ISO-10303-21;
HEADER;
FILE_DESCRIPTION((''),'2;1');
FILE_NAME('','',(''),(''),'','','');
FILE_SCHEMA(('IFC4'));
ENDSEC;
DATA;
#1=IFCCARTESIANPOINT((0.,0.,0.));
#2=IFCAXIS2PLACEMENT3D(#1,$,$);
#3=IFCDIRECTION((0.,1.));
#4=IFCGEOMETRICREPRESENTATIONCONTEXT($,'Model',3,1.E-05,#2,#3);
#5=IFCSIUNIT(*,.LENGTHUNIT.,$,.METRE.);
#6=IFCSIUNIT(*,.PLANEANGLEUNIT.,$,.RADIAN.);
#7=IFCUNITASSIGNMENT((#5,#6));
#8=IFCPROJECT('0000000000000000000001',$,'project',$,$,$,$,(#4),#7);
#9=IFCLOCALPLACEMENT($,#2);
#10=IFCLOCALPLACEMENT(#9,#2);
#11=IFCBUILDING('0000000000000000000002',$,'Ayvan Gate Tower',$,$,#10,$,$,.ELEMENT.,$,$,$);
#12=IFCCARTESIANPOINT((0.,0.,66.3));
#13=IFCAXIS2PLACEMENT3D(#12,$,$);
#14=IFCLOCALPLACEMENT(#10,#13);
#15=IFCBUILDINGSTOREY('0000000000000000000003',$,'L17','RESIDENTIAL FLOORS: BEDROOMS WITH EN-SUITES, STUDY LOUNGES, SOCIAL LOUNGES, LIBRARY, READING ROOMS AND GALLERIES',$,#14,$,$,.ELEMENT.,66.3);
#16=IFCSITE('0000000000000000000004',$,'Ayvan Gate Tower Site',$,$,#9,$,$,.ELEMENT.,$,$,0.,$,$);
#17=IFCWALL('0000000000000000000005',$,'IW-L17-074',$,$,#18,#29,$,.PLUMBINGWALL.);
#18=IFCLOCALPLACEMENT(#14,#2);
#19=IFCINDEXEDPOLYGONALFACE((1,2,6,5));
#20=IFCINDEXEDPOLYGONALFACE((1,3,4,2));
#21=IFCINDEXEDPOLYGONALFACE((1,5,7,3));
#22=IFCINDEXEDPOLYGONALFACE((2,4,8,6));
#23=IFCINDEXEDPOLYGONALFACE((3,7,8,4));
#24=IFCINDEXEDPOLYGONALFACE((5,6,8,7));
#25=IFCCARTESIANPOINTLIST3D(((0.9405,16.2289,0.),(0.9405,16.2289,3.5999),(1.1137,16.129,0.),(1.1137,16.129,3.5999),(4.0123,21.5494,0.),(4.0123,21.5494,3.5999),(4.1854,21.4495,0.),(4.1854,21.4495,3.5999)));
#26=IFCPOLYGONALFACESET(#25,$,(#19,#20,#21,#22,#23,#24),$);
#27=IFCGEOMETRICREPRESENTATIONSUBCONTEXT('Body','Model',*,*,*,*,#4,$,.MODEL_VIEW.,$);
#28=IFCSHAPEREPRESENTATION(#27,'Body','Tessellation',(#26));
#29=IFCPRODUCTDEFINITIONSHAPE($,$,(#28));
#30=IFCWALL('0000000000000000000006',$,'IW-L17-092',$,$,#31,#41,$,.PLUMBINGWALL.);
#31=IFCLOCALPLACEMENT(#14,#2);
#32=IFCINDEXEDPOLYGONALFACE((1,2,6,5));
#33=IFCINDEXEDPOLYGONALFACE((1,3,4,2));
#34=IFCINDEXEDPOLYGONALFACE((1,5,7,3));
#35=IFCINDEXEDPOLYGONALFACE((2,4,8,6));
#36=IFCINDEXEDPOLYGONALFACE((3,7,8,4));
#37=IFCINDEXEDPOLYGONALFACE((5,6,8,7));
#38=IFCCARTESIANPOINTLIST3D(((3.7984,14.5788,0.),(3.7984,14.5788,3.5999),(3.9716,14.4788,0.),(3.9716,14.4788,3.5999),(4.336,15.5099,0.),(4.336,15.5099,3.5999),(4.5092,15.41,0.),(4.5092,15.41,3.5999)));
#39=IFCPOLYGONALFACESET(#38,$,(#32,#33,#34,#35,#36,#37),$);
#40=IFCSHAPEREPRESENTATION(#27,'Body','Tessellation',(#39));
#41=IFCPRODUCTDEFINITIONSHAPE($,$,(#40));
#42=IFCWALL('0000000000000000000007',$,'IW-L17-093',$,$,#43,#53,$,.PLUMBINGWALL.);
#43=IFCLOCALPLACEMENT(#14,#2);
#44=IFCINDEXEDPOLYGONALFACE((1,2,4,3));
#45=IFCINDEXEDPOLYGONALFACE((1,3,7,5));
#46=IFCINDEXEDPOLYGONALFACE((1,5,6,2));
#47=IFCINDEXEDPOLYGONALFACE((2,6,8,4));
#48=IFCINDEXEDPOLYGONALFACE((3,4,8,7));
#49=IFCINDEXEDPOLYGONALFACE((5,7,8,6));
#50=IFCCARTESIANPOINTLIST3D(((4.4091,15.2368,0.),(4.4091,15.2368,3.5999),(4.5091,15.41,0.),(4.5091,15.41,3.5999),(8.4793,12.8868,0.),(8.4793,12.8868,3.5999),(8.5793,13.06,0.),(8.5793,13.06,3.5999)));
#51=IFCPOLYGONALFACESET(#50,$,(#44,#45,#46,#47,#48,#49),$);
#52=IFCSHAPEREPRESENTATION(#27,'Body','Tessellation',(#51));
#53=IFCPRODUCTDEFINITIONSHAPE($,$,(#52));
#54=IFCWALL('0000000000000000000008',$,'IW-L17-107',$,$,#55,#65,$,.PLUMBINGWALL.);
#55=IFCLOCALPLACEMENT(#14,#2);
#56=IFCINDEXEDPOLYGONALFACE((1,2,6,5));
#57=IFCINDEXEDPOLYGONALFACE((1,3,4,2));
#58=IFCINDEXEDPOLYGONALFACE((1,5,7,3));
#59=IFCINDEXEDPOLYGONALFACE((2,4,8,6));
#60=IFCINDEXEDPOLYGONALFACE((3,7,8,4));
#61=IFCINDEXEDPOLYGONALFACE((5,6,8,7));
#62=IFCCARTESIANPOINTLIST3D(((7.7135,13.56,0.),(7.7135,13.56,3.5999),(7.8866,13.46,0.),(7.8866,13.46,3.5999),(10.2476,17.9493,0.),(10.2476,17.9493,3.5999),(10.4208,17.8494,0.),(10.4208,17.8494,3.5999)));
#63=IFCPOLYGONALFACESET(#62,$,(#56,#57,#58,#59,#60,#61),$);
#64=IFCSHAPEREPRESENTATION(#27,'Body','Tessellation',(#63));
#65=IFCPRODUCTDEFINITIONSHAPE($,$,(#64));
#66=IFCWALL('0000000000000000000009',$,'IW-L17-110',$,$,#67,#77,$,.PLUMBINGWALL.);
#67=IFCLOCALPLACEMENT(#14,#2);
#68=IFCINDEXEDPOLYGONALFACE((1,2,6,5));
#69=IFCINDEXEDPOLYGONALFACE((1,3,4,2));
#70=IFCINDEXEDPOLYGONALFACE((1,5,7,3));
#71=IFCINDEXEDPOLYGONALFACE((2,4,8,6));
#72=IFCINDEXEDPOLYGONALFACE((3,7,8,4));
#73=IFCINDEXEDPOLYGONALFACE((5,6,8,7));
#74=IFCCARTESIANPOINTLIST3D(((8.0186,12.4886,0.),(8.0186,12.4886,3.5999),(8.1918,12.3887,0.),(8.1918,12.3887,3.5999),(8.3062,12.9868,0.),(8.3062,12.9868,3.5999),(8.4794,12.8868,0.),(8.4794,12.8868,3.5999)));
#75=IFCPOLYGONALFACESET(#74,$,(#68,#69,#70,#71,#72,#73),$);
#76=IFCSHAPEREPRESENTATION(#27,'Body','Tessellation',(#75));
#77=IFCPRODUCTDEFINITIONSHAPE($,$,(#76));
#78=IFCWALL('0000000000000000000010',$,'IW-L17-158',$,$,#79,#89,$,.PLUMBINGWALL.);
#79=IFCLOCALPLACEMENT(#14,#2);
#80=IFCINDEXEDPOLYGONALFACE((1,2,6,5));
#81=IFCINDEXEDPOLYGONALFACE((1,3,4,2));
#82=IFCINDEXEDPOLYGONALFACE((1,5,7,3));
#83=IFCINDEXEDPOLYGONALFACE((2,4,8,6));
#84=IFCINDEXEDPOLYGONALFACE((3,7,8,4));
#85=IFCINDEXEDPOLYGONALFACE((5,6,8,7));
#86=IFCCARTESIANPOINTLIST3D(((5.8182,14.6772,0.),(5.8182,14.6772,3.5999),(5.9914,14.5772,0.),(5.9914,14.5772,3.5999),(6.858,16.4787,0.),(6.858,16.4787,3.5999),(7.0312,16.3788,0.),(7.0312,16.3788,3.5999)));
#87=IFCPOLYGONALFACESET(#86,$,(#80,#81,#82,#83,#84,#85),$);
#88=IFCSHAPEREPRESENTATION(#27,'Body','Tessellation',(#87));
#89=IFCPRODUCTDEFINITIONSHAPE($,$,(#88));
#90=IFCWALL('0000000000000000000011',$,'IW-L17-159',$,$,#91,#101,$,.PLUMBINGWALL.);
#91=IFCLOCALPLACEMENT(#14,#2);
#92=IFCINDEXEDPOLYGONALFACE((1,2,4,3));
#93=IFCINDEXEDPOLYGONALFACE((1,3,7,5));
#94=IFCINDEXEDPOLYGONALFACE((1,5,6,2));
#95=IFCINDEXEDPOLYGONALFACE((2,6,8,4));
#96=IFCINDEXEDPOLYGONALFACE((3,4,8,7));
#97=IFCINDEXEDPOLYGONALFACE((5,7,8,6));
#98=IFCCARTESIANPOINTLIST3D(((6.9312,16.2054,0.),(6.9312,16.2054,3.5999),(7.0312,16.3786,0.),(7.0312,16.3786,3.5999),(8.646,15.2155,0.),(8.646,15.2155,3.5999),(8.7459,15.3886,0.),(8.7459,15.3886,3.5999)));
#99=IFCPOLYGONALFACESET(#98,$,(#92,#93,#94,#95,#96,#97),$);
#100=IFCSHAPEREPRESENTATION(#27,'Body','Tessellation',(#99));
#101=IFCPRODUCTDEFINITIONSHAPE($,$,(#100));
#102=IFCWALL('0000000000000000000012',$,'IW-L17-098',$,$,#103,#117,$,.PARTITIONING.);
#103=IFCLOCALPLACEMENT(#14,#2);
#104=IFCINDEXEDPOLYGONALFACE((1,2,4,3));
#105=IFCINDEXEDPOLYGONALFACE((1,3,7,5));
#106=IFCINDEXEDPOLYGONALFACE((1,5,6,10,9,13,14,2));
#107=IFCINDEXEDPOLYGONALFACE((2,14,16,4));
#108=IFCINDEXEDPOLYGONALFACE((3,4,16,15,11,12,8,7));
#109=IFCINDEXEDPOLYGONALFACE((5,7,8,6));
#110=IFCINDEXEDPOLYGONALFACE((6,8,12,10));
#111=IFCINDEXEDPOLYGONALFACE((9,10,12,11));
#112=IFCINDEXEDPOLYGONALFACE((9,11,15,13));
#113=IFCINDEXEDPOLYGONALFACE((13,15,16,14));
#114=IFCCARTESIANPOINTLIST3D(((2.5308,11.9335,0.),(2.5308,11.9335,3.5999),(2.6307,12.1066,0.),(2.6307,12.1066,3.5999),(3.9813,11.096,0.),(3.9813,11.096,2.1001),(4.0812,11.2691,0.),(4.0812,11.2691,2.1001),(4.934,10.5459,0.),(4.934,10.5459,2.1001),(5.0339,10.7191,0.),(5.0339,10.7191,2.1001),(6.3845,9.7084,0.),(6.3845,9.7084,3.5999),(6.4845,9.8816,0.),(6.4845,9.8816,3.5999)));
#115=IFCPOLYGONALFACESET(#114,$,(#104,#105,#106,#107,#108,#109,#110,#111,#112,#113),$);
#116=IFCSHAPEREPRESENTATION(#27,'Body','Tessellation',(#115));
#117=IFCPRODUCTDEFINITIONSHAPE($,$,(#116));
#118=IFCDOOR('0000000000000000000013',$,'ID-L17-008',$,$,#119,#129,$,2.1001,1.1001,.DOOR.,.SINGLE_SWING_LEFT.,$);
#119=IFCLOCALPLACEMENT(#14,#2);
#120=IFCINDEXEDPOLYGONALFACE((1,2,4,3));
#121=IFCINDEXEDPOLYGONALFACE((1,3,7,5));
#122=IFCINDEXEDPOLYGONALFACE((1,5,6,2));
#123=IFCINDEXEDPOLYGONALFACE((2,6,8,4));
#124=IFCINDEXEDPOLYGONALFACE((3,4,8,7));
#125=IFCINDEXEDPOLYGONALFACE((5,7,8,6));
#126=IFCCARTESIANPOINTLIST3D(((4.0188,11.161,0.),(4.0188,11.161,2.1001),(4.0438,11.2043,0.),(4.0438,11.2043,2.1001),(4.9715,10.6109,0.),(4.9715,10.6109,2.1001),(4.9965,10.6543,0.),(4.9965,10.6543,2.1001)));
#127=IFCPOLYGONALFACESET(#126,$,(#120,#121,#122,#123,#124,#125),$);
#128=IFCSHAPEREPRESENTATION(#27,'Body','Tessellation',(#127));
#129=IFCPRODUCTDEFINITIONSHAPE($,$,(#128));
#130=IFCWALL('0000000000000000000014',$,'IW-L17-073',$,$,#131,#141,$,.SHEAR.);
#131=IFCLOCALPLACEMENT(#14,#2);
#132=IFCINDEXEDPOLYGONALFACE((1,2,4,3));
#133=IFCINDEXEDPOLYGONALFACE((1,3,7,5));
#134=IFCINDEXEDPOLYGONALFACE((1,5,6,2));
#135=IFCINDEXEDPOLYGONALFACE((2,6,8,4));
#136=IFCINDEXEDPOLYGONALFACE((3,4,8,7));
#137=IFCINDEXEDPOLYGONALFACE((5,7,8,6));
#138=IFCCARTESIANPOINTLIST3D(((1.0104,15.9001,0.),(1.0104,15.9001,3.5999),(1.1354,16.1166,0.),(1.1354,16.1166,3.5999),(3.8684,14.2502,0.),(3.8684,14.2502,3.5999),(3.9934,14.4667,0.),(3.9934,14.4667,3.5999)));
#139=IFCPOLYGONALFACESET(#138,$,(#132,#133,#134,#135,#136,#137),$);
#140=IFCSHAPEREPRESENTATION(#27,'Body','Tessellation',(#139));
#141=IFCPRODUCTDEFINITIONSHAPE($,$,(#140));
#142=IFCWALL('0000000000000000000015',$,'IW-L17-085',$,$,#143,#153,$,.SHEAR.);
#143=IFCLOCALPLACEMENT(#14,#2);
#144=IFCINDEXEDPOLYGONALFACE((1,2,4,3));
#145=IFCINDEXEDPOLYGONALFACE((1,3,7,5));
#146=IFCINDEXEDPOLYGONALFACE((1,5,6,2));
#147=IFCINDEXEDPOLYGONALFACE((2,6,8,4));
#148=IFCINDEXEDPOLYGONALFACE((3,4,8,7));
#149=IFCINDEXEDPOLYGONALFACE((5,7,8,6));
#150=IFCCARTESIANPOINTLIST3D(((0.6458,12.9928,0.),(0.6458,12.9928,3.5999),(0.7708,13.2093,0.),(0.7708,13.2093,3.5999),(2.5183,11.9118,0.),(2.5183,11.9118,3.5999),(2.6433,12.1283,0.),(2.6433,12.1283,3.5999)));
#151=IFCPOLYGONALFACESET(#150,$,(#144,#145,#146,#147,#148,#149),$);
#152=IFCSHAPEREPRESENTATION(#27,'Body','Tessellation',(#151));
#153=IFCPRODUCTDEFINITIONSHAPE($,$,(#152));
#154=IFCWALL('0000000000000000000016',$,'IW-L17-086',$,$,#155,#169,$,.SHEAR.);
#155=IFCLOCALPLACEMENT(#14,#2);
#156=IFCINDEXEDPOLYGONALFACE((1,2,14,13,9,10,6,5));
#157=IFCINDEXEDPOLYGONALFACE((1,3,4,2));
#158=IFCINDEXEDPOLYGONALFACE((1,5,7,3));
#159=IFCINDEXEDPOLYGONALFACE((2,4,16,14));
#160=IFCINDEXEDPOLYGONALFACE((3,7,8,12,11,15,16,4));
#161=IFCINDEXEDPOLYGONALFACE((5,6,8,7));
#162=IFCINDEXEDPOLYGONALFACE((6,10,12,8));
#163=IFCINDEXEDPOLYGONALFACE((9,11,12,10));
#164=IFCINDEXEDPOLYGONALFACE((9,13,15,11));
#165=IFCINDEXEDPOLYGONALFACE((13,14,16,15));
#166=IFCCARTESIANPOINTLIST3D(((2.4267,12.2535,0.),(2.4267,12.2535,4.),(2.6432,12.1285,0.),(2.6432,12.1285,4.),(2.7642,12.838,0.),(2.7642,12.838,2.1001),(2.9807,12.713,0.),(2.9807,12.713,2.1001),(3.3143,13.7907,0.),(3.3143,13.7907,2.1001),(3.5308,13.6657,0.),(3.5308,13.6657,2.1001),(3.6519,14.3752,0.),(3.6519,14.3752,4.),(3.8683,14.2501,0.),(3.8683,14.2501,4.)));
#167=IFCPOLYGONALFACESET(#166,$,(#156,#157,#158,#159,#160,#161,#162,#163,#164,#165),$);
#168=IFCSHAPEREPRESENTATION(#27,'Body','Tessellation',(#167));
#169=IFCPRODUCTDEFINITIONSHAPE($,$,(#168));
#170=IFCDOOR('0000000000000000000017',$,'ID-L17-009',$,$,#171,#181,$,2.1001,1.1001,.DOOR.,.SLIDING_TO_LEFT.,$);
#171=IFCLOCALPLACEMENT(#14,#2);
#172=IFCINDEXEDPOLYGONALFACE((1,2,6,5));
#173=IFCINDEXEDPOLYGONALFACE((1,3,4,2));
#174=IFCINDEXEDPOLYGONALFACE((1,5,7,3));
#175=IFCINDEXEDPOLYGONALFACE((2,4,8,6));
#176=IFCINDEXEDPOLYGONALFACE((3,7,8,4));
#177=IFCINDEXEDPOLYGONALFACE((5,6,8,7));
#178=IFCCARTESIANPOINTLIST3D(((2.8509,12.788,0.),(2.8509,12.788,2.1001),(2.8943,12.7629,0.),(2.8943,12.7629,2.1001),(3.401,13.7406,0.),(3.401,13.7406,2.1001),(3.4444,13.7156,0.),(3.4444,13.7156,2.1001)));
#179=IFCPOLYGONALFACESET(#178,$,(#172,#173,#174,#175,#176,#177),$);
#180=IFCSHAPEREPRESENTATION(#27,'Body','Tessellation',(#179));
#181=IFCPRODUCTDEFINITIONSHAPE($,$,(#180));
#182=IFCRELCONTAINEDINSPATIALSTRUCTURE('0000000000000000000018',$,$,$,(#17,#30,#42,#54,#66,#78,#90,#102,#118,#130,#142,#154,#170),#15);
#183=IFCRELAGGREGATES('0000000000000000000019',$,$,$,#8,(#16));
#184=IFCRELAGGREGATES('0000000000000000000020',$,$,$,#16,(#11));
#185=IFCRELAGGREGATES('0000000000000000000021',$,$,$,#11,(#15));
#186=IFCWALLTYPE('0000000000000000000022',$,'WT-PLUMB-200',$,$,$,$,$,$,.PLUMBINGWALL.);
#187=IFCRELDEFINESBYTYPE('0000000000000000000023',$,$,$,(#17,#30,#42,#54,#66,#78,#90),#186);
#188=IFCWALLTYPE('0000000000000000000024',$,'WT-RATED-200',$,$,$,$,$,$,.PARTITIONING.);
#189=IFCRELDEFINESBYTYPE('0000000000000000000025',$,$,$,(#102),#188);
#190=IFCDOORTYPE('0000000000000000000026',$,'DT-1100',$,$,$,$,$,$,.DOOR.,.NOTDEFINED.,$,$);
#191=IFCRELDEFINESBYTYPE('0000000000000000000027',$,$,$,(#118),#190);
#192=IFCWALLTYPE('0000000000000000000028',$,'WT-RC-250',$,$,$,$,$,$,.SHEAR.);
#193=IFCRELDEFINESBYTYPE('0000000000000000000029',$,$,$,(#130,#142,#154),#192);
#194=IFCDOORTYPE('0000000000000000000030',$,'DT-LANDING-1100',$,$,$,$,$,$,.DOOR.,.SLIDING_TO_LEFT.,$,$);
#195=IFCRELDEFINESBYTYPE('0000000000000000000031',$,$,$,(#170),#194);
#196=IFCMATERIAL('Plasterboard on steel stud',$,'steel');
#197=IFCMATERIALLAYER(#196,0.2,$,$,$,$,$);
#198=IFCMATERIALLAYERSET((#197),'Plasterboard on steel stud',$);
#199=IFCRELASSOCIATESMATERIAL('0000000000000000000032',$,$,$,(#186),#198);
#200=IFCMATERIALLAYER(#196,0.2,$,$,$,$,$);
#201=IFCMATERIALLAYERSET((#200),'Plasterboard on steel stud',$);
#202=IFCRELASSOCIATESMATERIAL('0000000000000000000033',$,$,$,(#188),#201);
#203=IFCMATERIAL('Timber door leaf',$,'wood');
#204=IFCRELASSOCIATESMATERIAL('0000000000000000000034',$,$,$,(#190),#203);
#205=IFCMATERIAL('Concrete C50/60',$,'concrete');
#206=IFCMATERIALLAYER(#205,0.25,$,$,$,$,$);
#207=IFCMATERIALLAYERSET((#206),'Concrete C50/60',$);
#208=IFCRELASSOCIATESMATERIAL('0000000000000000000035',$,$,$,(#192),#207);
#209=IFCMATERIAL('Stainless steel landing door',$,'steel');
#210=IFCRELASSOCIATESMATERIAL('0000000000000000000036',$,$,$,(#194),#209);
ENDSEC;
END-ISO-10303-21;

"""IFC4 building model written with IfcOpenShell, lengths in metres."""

from ifc_helpers import new_model, si_unit, direction, frame, frame_2d, origin, place, context, subcontext, project, spatial, rectangle, extrude, material, layer, layer_set, type_object, element, fill, save


model = new_model("IFC4")

# Units and contexts
model_context = context("Model", 3, precision=1e-05, world=origin(), true_north=direction((0.0, 1.0)))
body_context = subcontext(model_context, "Body", "Model", "MODEL_VIEW")
ifc_project = project(units=[si_unit("LENGTHUNIT", "METRE"), si_unit("PLANEANGLEUNIT", "RADIAN")], contexts=[model_context])

# Site, building, storey
site_placement = place(None, origin())
site = spatial("IfcSite", under=ifc_project, at=site_placement, Name="Ayvan Gate Tower Site", CompositionType="ELEMENT", RefElevation=0.0)
building_placement = place(site_placement, origin())
building = spatial("IfcBuilding", under=site, at=building_placement, Name="Ayvan Gate Tower", CompositionType="ELEMENT")
storey_placement = place(building_placement, frame((0.0, 0.0, 66.3)))
storey = spatial("IfcBuildingStorey", under=building, at=storey_placement, Name="L17", Description="RESIDENTIAL FLOORS: BEDROOMS WITH EN-SUITES, STUDY LOUNGES, SOCIAL LOUNGES, LIBRARY, READING ROOMS AND GALLERIES", CompositionType="ELEMENT", Elevation=66.3)

# Walls
ifc_material_1 = material(Name="Plasterboard on steel stud", Category="steel")
ifc_layer_1 = layer(ifc_material_1, 0.2)
ifc_layer_set_1 = layer_set([ifc_layer_1], Name="Plasterboard on steel stud")
wall_type_1 = type_object("IfcWallType", Name="WT-PLUMB-200", PredefinedType="PLUMBINGWALL", material=ifc_layer_set_1)
wall_1_placement = place(storey_placement, frame((1.0271, 16.179, 0.0), z_axis=(0.0, 0.0, 1.0), x_axis=(0.499994, 0.866029, 0.0)))
element("IfcWall", 1, at=wall_1_placement, inside=storey, type_object=wall_type_1, Name="IW-L17-074", PredefinedType="PLUMBINGWALL", context=body_context, shape_type="SweptSolid", body=[
    extrude(rectangle(XDim=6.1436, YDim=0.2, at=frame_2d((3.0718, 0.0))), origin(), (0.0, 0.0, 1.0), 3.5999),
])
wall_2_placement = place(storey_placement, frame((3.885, 14.5288, 0.0), z_axis=(0.0, 0.0, 1.0), x_axis=(0.499998, 0.866027, 0.0)))
element("IfcWall", 2, at=wall_2_placement, inside=storey, type_object=wall_type_1, Name="IW-L17-092", PredefinedType="PLUMBINGWALL", context=body_context, shape_type="SweptSolid", body=[
    extrude(rectangle(XDim=1.0752, YDim=0.2, at=frame_2d((0.5376, 0.0))), origin(), (0.0, 0.0, 1.0), 3.5999),
])
wall_3_placement = place(storey_placement, frame((4.459, 15.3235, 0.0), z_axis=(0.0, 0.0, 1.0), x_axis=(0.866016, -0.500016, 0.0)))
element("IfcWall", 3, at=wall_3_placement, inside=storey, type_object=wall_type_1, Name="IW-L17-093", PredefinedType="PLUMBINGWALL", context=body_context, shape_type="SweptSolid", body=[
    extrude(rectangle(XDim=4.7, YDim=0.2, at=frame_2d((2.3501, 0.0))), origin(), (0.0, 0.0, 1.0), 3.5999),
])
wall_4_placement = place(storey_placement, frame((7.8, 13.51, 0.0), z_axis=(0.0, 0.0, 1.0), x_axis=(0.499993, 0.866029, 0.0)))
element("IfcWall", 4, at=wall_4_placement, inside=storey, type_object=wall_type_1, Name="IW-L17-107", PredefinedType="PLUMBINGWALL", context=body_context, shape_type="SweptSolid", body=[
    extrude(rectangle(XDim=5.0684, YDim=0.2, at=frame_2d((2.5342, 0.0))), origin(), (0.0, 0.0, 1.0), 3.5999),
])
wall_5_placement = place(storey_placement, frame((8.3928, 12.9368, 0.0), z_axis=(0.0, 0.0, 1.0), x_axis=(-0.500065, -0.865988, 0.0)))
element("IfcWall", 5, at=wall_5_placement, inside=storey, type_object=wall_type_1, Name="IW-L17-110", PredefinedType="PLUMBINGWALL", context=body_context, shape_type="SweptSolid", body=[
    extrude(rectangle(XDim=0.5752, YDim=0.2, at=frame_2d((0.2876, 0.0))), origin(), (0.0, 0.0, 1.0), 3.5999),
])
wall_6_placement = place(storey_placement, frame((5.9048, 14.6272, 0.0), z_axis=(0.0, 0.0, 1.0), x_axis=(0.499888, 0.86609, 0.0)))
element("IfcWall", 6, at=wall_6_placement, inside=storey, type_object=wall_type_1, Name="IW-L17-158", PredefinedType="PLUMBINGWALL", context=body_context, shape_type="SweptSolid", body=[
    extrude(rectangle(XDim=2.0801, YDim=0.2, at=frame_2d((1.04, 0.0))), origin(), (0.0, 0.0, 1.0), 3.5999),
])
wall_7_placement = place(storey_placement, frame((6.9812, 16.292, 0.0), z_axis=(0.0, 0.0, 1.0), x_axis=(0.866042, -0.499971, 0.0)))
element("IfcWall", 7, at=wall_7_placement, inside=storey, type_object=wall_type_1, Name="IW-L17-159", PredefinedType="PLUMBINGWALL", context=body_context, shape_type="SweptSolid", body=[
    extrude(rectangle(XDim=1.98, YDim=0.2, at=frame_2d((0.99, 0.0))), origin(), (0.0, 0.0, 1.0), 3.5999),
])

# Wall, opening, door
ifc_layer_2 = layer(ifc_material_1, 0.2)
ifc_layer_set_2 = layer_set([ifc_layer_2], Name="Plasterboard on steel stud")
wall_type_2 = type_object("IfcWallType", Name="WT-RATED-200", PredefinedType="PARTITIONING", material=ifc_layer_set_2)
wall_8_placement = place(storey_placement, frame((6.4346, 9.7949, 0.0), z_axis=(0.0, 0.0, 1.0), x_axis=(-0.866013, 0.500022, 0.0)))
wall_8 = element("IfcWall", 8, at=wall_8_placement, inside=storey, type_object=wall_type_2, Name="IW-L17-098", PredefinedType="PARTITIONING", context=body_context, shape_type="SweptSolid", body=[
    extrude(rectangle(XDim=4.45, YDim=0.2, at=frame_2d((2.2251, 0.0))), origin(), (0.0, 0.0, 1.0), 3.5999),
])
opening_1_placement = place(wall_8_placement, frame((1.675, 0.0, 0.0)))
opening_1 = element("IfcOpeningElement", 9, at=opening_1_placement, cuts=wall_8, PredefinedType="OPENING", context=body_context, shape_type="SweptSolid", body=[
    extrude(rectangle(XDim=1.1001, YDim=2.1001, at=frame_2d((0.55, 1.05))), frame((0.0, 0.1099, 0.0), z_axis=(0.0, -1.0, 0.0), x_axis=(1.0, 0.0, 0.0)), (0.0, 0.0, 1.0), 0.22),
])
ifc_material_2 = material(Name="Timber door leaf", Category="wood")
door_type_1 = type_object("IfcDoorType", Name="DT-1100", OperationType="NOTDEFINED", PredefinedType="DOOR", material=ifc_material_2)
door_1_placement = place(opening_1_placement, origin())
door_1 = element("IfcDoor", 10, at=door_1_placement, inside=storey, type_object=door_type_1, Name="ID-L17-008", OperationType="SINGLE_SWING_LEFT", OverallHeight=2.1001, OverallWidth=1.1001, PredefinedType="DOOR", context=body_context, shape_type="SweptSolid", body=[
    extrude(rectangle(XDim=1.1001, YDim=2.1001, at=frame_2d((0.55, 1.05))), frame((0.0, 0.0249, 0.0), z_axis=(0.0, -1.0, 0.0), x_axis=(1.0, 0.0, 0.0)), (0.0, 0.0, 1.0), 0.05),
])
fill(opening_1, door_1)

# Walls
ifc_material_3 = material(Name="Concrete C50/60", Category="concrete")
ifc_layer_3 = layer(ifc_material_3, 0.25)
ifc_layer_set_3 = layer_set([ifc_layer_3], Name="Concrete C50/60")
wall_type_3 = type_object("IfcWallType", Name="WT-RC-250", PredefinedType="SHEAR", material=ifc_layer_set_3)
wall_9_placement = place(storey_placement, frame((1.073, 16.0083, 0.0), z_axis=(0.0, 0.0, 1.0), x_axis=(0.86604, -0.499974, 0.0)))
element("IfcWall", 11, at=wall_9_placement, inside=storey, type_object=wall_type_3, Name="IW-L17-073", PredefinedType="SHEAR", context=body_context, shape_type="SweptSolid", body=[
    extrude(rectangle(XDim=3.3, YDim=0.25, at=frame_2d((1.6499, 0.0))), origin(), (0.0, 0.0, 1.0), 3.5999),
])
wall_10_placement = place(storey_placement, frame((2.5808, 12.02, 0.0), z_axis=(0.0, 0.0, 1.0), x_axis=(-0.866039, 0.499977, 0.0)))
element("IfcWall", 12, at=wall_10_placement, inside=storey, type_object=wall_type_3, Name="IW-L17-085", PredefinedType="SHEAR", context=body_context, shape_type="SweptSolid", body=[
    extrude(rectangle(XDim=2.1621, YDim=0.25, at=frame_2d((1.0811, 0.0))), origin(), (0.0, 0.0, 1.0), 3.5999),
])

# Wall, opening, door
wall_11_placement = place(storey_placement, frame((2.5349, 12.1909, 0.0), z_axis=(0.0, 0.0, 1.0), x_axis=(0.500062, 0.86599, 0.0)))
wall_11 = element("IfcWall", 13, at=wall_11_placement, inside=storey, type_object=wall_type_3, Name="IW-L17-086", PredefinedType="SHEAR", context=body_context, shape_type="SweptSolid", body=[
    extrude(rectangle(XDim=2.45, YDim=0.25, at=frame_2d((1.2251, 0.0))), origin(), (0.0, 0.0, 1.0), 4.0),
])
opening_2_placement = place(wall_11_placement, frame((0.675, 0.0, 0.0)))
opening_2 = element("IfcOpeningElement", 14, at=opening_2_placement, cuts=wall_11, PredefinedType="OPENING", context=body_context, shape_type="SweptSolid", body=[
    extrude(rectangle(XDim=1.1001, YDim=2.1001, at=frame_2d((0.55, 1.05))), frame((0.0, 0.135, 0.0), z_axis=(0.0, -1.0, 0.0), x_axis=(1.0, 0.0, 0.0)), (0.0, 0.0, 1.0), 0.27),
])
ifc_material_4 = material(Name="Stainless steel landing door", Category="steel")
door_type_2 = type_object("IfcDoorType", Name="DT-LANDING-1100", OperationType="SLIDING_TO_LEFT", PredefinedType="DOOR", material=ifc_material_4)
door_2_placement = place(opening_2_placement, origin())
door_2 = element("IfcDoor", 15, at=door_2_placement, inside=storey, type_object=door_type_2, Name="ID-L17-009", OperationType="SLIDING_TO_LEFT", OverallHeight=2.1001, OverallWidth=1.1001, PredefinedType="DOOR", context=body_context, shape_type="SweptSolid", body=[
    extrude(rectangle(XDim=1.1001, YDim=2.1001, at=frame_2d((0.55, 1.05))), frame((0.0, 0.0249, 0.0), z_axis=(0.0, -1.0, 0.0), x_axis=(1.0, 0.0, 0.0)), (0.0, 0.0, 1.0), 0.05),
])
fill(opening_2, door_2)

save(model, "model.ifc")
